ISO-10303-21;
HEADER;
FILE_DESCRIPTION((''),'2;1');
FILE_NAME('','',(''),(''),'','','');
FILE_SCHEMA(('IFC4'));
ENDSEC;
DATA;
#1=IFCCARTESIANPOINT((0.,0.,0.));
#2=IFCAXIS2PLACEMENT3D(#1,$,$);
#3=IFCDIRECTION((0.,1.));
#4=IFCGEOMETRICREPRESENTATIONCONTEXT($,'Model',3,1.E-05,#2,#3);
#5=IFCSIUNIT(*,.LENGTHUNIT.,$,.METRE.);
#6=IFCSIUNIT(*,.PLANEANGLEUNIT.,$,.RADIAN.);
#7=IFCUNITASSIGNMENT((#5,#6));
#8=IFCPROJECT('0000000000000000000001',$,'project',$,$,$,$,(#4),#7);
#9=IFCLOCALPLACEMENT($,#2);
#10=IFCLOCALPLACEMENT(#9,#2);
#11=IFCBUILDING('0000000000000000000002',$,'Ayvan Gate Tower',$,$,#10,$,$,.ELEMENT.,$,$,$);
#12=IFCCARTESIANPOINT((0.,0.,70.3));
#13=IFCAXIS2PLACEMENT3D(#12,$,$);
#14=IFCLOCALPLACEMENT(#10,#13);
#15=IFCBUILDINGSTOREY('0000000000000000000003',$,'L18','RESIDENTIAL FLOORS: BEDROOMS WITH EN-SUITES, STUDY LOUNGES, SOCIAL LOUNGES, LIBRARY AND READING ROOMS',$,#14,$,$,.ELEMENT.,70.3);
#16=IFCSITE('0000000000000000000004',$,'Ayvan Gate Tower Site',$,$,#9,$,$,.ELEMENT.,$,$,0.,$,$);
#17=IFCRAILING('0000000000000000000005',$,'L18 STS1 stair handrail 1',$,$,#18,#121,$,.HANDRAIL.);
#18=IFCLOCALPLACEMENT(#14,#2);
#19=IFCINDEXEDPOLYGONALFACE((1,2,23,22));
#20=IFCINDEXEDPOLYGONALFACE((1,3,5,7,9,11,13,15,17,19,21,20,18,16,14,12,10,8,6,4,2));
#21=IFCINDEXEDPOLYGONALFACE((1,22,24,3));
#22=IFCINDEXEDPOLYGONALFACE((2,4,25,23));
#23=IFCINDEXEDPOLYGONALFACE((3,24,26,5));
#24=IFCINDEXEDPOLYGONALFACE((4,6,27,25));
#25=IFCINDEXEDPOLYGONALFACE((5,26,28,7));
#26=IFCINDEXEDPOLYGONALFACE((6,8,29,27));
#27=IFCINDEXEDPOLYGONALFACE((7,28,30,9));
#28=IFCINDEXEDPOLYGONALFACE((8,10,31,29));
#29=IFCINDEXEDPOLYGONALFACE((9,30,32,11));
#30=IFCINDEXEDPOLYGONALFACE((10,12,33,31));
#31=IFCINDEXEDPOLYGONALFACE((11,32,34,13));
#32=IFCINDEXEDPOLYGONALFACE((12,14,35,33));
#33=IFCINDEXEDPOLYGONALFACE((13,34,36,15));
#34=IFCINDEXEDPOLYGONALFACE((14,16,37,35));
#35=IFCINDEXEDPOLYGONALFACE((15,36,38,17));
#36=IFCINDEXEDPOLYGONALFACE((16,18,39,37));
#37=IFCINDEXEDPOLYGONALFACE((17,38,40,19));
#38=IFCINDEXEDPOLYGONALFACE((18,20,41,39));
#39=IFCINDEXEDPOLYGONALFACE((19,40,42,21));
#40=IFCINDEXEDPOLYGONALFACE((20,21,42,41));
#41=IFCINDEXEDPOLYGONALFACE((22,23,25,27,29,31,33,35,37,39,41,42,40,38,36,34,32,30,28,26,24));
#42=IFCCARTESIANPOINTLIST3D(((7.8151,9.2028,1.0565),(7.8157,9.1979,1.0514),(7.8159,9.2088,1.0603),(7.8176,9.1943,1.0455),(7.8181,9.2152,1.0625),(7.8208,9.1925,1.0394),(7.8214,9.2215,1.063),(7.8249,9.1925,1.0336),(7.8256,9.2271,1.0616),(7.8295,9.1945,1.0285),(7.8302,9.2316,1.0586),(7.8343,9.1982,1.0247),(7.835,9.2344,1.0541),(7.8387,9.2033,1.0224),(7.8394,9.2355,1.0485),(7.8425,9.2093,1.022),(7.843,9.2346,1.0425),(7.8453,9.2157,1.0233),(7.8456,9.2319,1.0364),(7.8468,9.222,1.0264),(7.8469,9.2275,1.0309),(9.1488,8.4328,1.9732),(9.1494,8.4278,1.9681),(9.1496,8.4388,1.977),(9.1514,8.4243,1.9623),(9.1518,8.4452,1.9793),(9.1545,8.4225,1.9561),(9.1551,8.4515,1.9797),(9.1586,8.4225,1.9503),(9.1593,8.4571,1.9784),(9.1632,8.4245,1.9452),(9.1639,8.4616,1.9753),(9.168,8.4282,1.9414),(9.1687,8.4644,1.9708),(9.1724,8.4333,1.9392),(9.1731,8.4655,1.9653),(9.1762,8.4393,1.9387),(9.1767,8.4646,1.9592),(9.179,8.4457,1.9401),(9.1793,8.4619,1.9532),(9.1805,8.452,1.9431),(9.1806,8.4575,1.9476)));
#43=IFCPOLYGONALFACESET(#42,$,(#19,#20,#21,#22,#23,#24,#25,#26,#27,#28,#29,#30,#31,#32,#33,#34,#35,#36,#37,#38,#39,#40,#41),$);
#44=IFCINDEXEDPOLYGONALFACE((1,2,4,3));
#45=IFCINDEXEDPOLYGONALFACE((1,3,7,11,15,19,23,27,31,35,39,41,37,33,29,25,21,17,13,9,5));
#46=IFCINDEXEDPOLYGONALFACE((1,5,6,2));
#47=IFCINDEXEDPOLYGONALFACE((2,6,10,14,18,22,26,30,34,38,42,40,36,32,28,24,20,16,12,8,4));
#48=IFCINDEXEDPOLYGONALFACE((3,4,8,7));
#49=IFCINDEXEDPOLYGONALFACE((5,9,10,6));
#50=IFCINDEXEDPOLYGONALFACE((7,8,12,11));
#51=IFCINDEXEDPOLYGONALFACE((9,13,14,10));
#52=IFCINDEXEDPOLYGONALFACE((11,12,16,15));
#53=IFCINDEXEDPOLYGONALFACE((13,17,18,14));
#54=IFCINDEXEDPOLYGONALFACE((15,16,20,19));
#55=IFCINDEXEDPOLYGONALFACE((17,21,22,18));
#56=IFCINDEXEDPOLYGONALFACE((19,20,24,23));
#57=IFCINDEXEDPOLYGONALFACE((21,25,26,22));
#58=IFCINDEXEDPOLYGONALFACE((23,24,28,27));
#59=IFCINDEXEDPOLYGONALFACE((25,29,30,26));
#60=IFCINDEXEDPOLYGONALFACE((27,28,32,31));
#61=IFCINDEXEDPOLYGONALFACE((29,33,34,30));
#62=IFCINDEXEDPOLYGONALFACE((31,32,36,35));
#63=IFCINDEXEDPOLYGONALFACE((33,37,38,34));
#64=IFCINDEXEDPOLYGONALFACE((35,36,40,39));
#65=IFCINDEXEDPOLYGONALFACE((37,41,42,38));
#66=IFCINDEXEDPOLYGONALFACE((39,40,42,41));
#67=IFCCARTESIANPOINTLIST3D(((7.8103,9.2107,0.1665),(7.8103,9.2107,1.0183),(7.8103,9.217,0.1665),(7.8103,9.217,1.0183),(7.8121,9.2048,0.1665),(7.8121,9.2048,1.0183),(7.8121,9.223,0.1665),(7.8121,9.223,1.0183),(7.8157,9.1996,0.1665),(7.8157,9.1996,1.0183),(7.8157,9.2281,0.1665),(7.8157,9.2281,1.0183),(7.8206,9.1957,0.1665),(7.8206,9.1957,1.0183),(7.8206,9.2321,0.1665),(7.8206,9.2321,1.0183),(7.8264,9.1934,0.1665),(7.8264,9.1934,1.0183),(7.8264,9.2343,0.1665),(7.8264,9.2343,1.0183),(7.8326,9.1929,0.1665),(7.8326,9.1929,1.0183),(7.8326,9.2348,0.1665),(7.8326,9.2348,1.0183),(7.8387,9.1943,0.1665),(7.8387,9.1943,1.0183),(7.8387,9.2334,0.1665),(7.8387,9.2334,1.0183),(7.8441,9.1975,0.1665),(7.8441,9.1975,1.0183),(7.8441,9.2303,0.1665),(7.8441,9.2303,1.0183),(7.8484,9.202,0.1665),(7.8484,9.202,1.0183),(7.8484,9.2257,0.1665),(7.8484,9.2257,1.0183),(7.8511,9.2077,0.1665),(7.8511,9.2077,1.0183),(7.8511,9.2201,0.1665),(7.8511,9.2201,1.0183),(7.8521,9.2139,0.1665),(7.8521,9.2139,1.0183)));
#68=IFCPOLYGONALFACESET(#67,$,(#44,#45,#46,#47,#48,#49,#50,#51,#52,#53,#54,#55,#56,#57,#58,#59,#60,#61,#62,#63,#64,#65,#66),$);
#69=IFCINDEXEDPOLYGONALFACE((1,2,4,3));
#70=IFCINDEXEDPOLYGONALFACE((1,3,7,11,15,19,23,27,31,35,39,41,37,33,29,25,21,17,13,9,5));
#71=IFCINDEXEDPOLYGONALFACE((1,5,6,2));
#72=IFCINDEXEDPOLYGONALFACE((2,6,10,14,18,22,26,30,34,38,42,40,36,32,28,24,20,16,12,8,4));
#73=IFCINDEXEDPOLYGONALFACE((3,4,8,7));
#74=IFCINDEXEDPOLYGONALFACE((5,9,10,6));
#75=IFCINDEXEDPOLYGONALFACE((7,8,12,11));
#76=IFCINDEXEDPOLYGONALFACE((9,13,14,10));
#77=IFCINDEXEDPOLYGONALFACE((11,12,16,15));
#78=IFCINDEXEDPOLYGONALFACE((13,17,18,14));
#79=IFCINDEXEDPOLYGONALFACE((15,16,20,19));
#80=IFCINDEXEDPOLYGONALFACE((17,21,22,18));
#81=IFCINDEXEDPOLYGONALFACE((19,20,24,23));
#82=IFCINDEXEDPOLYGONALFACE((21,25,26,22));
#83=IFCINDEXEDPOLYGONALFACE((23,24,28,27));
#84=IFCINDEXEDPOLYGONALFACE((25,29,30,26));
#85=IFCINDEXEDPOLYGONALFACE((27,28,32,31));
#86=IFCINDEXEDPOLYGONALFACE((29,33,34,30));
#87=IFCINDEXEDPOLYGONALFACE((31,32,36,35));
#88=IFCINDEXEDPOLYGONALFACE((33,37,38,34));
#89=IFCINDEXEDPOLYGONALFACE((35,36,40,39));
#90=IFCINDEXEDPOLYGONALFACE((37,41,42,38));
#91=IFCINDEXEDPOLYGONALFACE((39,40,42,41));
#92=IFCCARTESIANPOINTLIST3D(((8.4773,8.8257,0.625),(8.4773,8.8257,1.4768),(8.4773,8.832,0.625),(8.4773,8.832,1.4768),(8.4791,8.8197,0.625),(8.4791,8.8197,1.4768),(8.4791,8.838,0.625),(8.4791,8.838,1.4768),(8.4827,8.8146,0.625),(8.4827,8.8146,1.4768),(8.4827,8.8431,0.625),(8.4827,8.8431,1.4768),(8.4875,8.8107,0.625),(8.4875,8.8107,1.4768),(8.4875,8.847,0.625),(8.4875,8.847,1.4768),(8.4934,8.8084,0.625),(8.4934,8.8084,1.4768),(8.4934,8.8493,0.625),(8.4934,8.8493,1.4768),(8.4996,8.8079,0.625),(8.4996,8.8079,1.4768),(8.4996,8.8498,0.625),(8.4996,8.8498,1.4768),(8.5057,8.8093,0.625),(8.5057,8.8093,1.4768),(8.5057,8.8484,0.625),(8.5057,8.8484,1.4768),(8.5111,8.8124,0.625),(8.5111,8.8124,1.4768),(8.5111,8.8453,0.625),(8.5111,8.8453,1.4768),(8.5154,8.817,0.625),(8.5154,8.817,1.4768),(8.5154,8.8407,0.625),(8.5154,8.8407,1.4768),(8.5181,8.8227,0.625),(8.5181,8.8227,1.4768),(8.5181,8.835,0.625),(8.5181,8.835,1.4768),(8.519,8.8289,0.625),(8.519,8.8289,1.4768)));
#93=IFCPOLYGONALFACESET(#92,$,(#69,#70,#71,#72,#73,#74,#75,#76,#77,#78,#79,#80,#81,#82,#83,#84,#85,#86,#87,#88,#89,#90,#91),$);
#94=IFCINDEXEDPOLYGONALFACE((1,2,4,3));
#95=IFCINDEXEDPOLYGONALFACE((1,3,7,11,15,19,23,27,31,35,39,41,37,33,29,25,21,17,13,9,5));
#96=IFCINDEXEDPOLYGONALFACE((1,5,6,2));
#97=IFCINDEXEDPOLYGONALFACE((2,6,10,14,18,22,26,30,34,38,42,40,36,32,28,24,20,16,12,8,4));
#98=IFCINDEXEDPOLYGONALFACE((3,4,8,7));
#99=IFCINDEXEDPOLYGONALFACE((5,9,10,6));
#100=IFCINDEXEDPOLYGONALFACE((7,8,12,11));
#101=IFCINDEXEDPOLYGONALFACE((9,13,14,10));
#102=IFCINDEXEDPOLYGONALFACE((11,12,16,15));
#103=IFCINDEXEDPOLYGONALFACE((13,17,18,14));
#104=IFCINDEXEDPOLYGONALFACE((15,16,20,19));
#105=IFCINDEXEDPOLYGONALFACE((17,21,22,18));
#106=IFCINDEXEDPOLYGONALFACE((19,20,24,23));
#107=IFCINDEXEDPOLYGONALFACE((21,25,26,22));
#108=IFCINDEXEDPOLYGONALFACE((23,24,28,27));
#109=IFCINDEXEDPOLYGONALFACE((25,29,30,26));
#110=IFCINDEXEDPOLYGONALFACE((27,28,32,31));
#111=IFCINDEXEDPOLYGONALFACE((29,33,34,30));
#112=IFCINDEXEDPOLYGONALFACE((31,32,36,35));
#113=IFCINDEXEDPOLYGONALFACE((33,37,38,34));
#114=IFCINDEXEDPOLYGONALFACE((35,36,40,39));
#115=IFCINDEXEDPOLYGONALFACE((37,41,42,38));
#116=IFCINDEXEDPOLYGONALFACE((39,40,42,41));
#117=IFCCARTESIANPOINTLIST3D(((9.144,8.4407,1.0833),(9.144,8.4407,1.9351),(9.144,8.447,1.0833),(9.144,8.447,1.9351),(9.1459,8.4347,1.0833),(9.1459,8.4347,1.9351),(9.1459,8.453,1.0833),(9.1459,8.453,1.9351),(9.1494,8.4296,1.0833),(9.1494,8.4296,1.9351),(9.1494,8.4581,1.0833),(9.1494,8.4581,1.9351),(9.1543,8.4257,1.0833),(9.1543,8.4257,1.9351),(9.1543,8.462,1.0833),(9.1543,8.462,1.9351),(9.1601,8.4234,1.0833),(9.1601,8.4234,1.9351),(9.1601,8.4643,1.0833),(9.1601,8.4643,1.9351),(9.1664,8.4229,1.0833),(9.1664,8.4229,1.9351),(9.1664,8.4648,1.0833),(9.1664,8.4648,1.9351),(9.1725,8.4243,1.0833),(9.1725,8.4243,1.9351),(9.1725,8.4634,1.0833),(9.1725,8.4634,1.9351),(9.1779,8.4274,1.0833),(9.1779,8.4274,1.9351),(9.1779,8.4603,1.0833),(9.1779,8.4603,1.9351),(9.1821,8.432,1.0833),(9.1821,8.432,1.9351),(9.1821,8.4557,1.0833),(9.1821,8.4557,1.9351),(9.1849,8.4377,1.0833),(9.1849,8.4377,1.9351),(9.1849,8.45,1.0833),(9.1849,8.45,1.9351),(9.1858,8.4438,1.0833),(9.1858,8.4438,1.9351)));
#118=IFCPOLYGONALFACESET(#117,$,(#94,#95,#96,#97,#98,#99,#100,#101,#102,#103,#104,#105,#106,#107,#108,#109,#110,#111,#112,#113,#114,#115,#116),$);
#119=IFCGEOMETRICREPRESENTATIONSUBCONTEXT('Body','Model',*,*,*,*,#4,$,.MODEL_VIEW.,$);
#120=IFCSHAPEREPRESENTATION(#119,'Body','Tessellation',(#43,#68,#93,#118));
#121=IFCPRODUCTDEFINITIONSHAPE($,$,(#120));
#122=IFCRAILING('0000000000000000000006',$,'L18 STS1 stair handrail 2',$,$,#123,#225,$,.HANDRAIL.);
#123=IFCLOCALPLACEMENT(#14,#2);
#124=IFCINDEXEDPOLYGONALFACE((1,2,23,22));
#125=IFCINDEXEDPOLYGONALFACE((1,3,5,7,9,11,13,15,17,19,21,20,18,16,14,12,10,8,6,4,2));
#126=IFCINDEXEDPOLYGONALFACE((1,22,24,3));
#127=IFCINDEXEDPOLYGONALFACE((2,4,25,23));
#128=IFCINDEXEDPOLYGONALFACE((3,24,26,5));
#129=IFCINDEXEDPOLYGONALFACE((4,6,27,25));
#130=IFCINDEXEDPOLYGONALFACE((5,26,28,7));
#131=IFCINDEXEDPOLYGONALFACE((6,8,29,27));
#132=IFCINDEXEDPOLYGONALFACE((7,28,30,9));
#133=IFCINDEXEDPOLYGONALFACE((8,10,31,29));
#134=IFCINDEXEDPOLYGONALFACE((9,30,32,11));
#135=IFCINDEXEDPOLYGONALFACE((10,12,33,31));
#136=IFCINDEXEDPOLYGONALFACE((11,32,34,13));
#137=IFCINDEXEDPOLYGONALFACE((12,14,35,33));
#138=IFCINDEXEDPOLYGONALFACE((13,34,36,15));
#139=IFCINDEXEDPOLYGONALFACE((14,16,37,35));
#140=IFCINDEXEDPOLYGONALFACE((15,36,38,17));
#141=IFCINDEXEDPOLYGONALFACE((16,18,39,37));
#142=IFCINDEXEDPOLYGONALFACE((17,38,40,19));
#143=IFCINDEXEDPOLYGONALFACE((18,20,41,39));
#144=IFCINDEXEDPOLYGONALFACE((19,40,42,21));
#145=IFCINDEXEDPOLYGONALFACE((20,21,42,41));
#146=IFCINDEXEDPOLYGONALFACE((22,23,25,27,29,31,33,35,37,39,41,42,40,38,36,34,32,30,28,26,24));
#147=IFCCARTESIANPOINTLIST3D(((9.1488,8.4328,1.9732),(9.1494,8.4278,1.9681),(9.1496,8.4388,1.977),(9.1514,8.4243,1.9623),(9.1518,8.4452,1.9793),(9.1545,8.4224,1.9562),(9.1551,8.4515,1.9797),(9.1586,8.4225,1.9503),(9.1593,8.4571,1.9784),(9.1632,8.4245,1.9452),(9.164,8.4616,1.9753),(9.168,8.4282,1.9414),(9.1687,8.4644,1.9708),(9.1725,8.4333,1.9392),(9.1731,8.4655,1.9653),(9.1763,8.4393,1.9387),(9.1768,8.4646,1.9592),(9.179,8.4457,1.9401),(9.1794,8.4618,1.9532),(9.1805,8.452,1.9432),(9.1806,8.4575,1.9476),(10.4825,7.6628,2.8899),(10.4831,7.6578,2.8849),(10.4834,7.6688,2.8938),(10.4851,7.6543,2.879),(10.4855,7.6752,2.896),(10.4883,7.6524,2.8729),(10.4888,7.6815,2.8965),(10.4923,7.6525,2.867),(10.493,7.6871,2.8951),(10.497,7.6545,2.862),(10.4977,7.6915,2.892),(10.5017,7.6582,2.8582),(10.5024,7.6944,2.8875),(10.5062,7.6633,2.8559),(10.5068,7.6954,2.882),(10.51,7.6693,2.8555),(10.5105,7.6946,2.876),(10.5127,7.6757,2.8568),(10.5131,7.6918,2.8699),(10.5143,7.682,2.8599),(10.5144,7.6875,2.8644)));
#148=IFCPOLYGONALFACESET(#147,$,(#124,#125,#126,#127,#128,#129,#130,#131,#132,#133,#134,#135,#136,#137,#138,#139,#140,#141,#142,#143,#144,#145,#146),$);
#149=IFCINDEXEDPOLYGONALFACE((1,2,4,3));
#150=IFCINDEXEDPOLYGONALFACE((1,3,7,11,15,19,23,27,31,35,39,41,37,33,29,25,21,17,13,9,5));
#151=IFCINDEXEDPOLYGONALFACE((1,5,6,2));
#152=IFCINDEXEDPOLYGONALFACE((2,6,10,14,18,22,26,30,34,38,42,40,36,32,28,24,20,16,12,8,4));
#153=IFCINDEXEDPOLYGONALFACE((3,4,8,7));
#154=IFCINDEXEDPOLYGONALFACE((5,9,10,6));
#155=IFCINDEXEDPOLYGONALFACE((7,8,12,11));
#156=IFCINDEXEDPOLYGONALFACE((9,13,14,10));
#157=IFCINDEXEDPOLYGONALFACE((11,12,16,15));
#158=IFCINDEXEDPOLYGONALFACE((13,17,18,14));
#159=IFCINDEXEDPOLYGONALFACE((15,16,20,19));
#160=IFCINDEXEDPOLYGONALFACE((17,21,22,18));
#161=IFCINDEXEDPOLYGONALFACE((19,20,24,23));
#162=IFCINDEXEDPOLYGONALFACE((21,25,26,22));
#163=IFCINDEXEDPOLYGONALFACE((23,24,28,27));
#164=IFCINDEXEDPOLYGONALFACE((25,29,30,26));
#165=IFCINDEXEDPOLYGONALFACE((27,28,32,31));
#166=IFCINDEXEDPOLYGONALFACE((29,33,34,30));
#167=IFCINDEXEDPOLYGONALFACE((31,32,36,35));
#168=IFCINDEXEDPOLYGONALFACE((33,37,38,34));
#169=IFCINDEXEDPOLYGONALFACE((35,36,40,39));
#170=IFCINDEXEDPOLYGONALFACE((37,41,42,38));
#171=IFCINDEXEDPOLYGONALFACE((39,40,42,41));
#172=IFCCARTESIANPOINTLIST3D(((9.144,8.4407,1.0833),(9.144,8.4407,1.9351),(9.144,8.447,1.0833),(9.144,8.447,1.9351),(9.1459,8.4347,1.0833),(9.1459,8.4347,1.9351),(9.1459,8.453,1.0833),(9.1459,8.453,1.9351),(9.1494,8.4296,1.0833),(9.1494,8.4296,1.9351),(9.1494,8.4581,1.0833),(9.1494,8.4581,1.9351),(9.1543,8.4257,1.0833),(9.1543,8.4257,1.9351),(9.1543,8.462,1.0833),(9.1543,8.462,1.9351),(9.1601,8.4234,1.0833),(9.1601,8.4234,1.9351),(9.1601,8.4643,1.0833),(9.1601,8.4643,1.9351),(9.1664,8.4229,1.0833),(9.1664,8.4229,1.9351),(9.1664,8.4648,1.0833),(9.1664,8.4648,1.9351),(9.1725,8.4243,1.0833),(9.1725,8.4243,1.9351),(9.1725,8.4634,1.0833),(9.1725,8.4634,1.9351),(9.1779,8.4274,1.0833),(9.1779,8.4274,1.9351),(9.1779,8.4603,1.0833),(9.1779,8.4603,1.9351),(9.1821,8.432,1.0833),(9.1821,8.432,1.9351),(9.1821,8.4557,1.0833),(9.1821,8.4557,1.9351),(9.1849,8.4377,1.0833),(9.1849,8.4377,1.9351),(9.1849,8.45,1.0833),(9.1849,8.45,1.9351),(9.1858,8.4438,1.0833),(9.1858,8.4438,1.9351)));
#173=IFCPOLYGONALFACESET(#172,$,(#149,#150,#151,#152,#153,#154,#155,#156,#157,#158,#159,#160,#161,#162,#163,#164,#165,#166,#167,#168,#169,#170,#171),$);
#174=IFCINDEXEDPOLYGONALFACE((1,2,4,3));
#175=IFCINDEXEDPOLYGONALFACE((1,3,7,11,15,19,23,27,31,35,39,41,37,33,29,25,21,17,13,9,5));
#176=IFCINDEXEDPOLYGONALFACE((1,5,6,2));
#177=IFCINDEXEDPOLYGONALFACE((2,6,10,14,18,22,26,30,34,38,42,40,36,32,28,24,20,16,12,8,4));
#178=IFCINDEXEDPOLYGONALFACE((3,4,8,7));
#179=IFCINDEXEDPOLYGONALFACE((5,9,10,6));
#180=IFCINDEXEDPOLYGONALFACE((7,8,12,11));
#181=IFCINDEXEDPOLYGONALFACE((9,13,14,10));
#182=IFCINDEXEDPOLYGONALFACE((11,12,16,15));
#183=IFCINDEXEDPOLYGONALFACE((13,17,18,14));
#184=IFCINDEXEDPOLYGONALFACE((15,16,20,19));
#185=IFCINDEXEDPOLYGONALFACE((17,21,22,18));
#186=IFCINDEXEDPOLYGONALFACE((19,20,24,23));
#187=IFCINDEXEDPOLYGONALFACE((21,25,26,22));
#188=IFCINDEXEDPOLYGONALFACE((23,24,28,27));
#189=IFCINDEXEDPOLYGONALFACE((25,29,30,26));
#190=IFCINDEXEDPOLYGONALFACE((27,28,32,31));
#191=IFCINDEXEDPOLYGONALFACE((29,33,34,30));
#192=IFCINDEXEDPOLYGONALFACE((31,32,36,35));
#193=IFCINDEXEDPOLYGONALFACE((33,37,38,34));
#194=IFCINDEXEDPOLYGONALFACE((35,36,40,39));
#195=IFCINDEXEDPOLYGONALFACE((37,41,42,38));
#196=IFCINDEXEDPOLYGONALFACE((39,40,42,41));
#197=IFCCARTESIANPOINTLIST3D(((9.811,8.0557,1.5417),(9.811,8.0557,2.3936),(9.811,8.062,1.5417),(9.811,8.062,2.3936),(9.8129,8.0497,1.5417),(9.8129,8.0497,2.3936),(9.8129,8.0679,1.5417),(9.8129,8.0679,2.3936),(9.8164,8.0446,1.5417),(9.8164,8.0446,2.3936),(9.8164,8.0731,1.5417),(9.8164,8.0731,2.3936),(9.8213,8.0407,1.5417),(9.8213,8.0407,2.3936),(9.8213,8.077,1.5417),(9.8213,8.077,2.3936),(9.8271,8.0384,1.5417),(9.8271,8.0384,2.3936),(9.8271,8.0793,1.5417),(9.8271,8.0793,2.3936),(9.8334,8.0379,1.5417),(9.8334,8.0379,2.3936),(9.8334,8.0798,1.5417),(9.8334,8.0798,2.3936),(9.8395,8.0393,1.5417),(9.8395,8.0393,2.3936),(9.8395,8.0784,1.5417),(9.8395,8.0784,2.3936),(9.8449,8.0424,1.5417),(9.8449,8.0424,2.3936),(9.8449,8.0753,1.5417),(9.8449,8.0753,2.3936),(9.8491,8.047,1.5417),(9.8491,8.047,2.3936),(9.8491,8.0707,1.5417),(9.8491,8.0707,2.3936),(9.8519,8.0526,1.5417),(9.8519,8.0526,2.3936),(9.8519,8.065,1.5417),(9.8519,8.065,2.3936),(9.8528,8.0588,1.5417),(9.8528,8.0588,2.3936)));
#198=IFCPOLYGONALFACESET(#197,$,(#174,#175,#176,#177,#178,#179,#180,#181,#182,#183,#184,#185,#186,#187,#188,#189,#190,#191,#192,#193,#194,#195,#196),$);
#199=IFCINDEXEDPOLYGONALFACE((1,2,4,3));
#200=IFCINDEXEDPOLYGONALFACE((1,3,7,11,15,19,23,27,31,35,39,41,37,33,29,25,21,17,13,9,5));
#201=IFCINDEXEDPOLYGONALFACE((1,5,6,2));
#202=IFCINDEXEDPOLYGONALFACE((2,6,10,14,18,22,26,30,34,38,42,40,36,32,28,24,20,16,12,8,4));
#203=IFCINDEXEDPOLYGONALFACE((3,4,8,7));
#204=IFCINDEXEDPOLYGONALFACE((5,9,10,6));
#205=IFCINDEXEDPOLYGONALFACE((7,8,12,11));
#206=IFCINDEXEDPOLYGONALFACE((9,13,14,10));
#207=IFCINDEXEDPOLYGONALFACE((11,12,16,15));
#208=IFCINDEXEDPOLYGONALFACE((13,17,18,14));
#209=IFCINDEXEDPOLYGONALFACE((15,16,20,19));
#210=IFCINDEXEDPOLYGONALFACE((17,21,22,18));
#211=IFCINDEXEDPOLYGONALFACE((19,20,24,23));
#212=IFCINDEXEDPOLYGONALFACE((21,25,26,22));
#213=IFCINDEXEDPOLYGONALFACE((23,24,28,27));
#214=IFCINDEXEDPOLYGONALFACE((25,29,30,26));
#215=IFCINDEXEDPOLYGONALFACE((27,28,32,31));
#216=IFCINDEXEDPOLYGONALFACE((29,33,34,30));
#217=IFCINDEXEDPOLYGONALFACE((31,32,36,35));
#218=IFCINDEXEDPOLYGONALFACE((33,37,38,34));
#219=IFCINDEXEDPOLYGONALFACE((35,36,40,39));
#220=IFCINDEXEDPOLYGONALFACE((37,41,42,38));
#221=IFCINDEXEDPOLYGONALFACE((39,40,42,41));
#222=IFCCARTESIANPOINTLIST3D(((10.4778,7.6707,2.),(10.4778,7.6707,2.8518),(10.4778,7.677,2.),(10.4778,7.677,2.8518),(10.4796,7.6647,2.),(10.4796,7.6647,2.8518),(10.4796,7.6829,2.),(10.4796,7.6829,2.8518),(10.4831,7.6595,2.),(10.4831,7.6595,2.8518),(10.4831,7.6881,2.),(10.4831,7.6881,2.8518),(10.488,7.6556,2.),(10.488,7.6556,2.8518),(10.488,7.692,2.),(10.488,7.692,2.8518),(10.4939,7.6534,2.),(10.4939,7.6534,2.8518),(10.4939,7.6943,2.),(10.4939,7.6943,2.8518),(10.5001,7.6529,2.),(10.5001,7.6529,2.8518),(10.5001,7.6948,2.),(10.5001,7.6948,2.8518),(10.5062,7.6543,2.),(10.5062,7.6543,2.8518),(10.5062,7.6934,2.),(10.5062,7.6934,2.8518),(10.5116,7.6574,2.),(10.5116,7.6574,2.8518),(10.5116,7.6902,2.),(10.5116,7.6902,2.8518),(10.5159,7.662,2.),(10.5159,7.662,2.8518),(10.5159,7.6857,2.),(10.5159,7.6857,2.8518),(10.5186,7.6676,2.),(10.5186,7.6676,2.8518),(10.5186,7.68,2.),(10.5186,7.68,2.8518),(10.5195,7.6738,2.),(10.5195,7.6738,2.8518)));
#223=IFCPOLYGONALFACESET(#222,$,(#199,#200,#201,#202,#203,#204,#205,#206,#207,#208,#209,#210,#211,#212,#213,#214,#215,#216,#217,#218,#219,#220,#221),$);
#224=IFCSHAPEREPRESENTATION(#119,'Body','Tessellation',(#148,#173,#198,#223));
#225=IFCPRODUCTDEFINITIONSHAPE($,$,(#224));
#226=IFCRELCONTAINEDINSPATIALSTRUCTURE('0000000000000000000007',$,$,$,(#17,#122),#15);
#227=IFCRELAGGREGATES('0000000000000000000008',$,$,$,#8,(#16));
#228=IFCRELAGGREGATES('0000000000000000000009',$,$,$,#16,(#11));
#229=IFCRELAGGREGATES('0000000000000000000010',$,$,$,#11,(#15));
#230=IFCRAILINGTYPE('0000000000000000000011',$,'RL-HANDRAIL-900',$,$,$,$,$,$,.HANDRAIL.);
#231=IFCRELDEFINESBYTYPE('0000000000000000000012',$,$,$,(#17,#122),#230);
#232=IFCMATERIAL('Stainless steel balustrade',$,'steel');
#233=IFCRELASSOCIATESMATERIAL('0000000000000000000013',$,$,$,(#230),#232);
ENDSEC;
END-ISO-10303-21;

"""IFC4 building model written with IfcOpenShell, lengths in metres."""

from ifc_helpers import new_model, si_unit, direction, frame, origin, origin_2d, place, context, subcontext, project, spatial, circle, extrude, material, type_object, element, save


model = new_model("IFC4")

# Units and contexts
model_context = context("Model", 3, precision=1e-05, world=origin(), true_north=direction((0.0, 1.0)))
body_context = subcontext(model_context, "Body", "Model", "MODEL_VIEW")
ifc_project = project(units=[si_unit("LENGTHUNIT", "METRE"), si_unit("PLANEANGLEUNIT", "RADIAN")], contexts=[model_context])

# Site, building, storey
site_placement = place(None, origin())
site = spatial("IfcSite", under=ifc_project, at=site_placement, Name="Ayvan Gate Tower Site", CompositionType="ELEMENT", RefElevation=0.0)
building_placement = place(site_placement, origin())
building = spatial("IfcBuilding", under=site, at=building_placement, Name="Ayvan Gate Tower", CompositionType="ELEMENT")
storey_placement = place(building_placement, frame((0.0, 0.0, 70.3)))
storey = spatial("IfcBuildingStorey", under=building, at=storey_placement, Name="L18", Description="RESIDENTIAL FLOORS: BEDROOMS WITH EN-SUITES, STUDY LOUNGES, SOCIAL LOUNGES, LIBRARY AND READING ROOMS", CompositionType="ELEMENT", Elevation=70.3)

# Railings
ifc_material_1 = material(Name="Stainless steel balustrade", Category="steel")
railing_type_1 = type_object("IfcRailingType", Name="RL-HANDRAIL-900", PredefinedType="HANDRAIL", material=ifc_material_1)
for number, where, name in (
    (1, (7.8311, 9.2139, 0.1665), "L18 STS1 stair handrail 1"),
    (2, (9.1648, 8.4438, 1.0833), "L18 STS1 stair handrail 2"),
):
    element("IfcRailing", number, at=place(storey_placement, frame(where)), inside=storey, type_object=railing_type_1, Name=name, PredefinedType="HANDRAIL", context=body_context, shape_type="SweptSolid", body=[
        extrude(circle(Radius=0.0239, at=origin_2d()), frame((0.0, 0.0, 0.876), z_axis=(0.744164, -0.429634, 0.511502), x_axis=(0.499992, 0.86603, 0.0)), (0.0, 0.0, 1.0), 1.7922),
        extrude(circle(Radius=0.021, at=origin_2d()), origin(), (0.0, 0.0, 1.0), 0.8518),
        extrude(circle(Radius=0.021, at=origin_2d()), frame((0.667, -0.385, 0.4585)), (0.0, 0.0, 1.0), 0.8518),
        extrude(circle(Radius=0.021, at=origin_2d()), frame((1.3337, -0.77, 0.9167)), (0.0, 0.0, 1.0), 0.8518),
    ])

save(model, "model.ifc")
